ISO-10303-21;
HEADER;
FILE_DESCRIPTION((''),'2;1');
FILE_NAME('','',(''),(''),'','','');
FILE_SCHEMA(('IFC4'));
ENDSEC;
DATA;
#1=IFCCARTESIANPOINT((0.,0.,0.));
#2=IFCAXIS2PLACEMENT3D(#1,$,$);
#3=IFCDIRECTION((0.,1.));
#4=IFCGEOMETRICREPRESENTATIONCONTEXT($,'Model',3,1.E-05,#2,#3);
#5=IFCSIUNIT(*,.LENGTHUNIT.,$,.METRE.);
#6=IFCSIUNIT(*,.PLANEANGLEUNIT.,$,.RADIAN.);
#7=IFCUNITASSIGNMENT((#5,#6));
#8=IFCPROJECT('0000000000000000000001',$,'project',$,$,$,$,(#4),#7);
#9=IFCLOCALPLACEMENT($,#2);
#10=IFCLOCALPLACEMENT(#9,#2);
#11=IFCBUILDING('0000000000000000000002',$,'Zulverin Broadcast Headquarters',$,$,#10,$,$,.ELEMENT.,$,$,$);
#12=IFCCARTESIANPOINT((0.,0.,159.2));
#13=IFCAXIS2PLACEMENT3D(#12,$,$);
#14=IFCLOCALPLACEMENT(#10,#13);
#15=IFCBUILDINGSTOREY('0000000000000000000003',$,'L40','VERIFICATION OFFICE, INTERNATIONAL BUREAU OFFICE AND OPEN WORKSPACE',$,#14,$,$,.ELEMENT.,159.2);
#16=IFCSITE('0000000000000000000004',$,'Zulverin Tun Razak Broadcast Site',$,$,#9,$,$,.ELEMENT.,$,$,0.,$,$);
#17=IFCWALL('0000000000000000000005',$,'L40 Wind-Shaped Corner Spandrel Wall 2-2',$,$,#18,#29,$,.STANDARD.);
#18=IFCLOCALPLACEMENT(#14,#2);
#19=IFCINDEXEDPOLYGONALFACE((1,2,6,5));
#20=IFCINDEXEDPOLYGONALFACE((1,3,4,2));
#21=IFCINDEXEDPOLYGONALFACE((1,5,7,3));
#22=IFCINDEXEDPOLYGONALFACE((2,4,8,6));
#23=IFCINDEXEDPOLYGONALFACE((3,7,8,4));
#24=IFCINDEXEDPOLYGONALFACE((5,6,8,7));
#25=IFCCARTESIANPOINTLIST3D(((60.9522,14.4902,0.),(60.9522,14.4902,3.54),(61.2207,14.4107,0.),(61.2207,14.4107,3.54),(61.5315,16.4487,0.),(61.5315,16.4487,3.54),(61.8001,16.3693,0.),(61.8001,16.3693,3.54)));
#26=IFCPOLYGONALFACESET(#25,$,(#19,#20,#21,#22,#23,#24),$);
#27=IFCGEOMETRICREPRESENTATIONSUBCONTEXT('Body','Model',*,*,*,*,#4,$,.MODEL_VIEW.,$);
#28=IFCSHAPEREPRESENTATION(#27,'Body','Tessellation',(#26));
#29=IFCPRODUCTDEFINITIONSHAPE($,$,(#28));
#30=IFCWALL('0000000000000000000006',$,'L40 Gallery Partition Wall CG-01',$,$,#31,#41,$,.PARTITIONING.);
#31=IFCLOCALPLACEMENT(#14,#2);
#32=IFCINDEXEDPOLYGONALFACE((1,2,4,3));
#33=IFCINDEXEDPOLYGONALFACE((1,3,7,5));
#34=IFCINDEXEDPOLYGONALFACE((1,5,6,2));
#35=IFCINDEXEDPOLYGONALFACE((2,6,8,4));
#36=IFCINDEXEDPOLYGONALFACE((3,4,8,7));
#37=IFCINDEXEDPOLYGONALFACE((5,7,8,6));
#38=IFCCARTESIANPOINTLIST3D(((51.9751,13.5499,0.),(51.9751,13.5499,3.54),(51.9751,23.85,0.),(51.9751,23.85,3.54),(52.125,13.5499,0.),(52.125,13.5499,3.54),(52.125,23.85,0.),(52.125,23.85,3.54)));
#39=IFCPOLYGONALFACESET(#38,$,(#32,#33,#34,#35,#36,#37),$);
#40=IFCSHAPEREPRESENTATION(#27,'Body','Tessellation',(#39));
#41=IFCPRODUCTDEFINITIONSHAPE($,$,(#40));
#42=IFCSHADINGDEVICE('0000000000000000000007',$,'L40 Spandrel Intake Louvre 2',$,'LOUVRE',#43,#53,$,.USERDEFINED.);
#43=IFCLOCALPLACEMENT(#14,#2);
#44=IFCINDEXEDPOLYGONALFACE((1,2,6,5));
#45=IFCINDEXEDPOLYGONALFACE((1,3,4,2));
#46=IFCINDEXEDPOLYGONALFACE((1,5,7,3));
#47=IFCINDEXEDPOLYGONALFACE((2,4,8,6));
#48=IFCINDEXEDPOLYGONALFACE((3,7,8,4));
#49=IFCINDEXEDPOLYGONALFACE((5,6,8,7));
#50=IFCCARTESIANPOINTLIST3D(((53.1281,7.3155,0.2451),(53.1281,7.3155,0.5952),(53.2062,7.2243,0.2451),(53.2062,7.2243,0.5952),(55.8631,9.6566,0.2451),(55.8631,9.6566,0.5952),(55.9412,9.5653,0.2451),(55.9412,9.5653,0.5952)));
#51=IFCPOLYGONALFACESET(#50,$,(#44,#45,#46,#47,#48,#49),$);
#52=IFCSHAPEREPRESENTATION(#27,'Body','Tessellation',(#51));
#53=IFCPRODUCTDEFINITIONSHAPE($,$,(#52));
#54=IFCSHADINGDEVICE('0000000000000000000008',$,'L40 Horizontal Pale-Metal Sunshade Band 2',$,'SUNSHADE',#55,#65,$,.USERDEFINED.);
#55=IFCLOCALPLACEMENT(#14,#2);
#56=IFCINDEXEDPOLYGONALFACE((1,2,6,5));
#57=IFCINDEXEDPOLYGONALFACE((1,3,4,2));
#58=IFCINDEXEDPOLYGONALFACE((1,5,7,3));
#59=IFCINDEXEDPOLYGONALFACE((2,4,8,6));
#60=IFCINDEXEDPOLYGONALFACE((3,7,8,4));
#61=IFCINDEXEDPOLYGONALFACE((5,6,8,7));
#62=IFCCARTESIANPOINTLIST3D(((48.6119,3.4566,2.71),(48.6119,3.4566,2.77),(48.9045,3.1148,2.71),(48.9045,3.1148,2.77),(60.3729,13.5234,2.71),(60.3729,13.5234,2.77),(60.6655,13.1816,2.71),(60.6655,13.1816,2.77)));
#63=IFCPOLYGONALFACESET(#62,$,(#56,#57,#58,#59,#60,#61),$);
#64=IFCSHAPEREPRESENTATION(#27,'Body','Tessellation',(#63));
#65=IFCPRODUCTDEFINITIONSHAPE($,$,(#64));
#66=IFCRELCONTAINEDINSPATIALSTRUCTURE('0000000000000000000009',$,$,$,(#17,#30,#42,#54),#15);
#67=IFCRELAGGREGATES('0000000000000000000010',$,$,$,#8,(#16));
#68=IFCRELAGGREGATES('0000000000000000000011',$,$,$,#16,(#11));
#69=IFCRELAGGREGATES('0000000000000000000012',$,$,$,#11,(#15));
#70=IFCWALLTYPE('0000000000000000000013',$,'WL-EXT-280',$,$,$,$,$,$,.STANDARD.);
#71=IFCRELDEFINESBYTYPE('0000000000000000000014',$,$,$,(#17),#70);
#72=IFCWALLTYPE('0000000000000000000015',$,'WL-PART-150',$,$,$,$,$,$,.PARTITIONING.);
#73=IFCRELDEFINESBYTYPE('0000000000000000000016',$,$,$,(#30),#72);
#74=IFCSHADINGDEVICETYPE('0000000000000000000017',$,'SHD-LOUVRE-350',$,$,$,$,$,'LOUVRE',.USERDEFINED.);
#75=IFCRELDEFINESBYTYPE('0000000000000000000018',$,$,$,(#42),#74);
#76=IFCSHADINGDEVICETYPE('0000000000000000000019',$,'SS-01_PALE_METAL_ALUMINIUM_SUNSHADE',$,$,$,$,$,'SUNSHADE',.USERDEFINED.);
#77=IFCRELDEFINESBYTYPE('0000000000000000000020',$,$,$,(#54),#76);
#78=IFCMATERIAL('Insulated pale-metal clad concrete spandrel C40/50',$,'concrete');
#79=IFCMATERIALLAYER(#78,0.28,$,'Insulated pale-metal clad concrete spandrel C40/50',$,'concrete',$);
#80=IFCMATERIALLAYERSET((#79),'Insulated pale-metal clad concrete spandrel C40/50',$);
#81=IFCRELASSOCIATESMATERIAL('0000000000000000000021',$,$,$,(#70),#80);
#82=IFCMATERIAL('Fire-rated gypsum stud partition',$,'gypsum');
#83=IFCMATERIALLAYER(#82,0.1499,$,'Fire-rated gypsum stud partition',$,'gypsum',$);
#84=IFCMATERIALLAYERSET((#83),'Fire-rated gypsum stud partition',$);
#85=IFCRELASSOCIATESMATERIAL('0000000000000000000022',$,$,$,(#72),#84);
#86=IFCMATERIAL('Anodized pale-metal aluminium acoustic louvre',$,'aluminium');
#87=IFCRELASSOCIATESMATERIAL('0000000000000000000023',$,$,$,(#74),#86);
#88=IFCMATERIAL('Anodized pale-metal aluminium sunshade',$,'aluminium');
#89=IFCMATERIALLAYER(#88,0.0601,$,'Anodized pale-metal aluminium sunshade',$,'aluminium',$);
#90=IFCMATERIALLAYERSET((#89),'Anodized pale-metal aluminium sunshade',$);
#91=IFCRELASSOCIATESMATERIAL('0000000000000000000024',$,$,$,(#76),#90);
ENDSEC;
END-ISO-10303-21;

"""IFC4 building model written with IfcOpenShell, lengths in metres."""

from ifc_helpers import new_model, si_unit, direction, frame, frame_2d, origin, origin_2d, place, context, subcontext, project, spatial, rectangle, extrude, material, layer, layer_set, type_object, element, save


model = new_model("IFC4")

# Units and contexts
model_context = context("Model", 3, precision=1e-05, world=origin(), true_north=direction((0.0, 1.0)))
body_context = subcontext(model_context, "Body", "Model", "MODEL_VIEW")
ifc_project = project(units=[si_unit("LENGTHUNIT", "METRE"), si_unit("PLANEANGLEUNIT", "RADIAN")], contexts=[model_context])

# Site, building, storey
site_placement = place(None, origin())
site = spatial("IfcSite", under=ifc_project, at=site_placement, Name="Zulverin Tun Razak Broadcast Site", CompositionType="ELEMENT", RefElevation=0.0)
building_placement = place(site_placement, origin())
building = spatial("IfcBuilding", under=site, at=building_placement, Name="Zulverin Broadcast Headquarters", CompositionType="ELEMENT")
storey_placement = place(building_placement, frame((0.0, 0.0, 159.2)))
storey = spatial("IfcBuildingStorey", under=building, at=storey_placement, Name="L40", Description="VERIFICATION OFFICE, INTERNATIONAL BUREAU OFFICE AND OPEN WORKSPACE", CompositionType="ELEMENT", Elevation=159.2)

# Shared definitions
ifc_material_1 = material(Name="Insulated pale-metal clad concrete spandrel C40/50", Category="concrete")
ifc_layer_1 = layer(ifc_material_1, 0.28, Name="Insulated pale-metal clad concrete spandrel C40/50", Category="concrete")
ifc_layer_set_1 = layer_set([ifc_layer_1], Name="Insulated pale-metal clad concrete spandrel C40/50")
wall_type_1 = type_object("IfcWallType", Name="WL-EXT-280", PredefinedType="STANDARD", material=ifc_layer_set_1)

# Walls
wall_1_placement = place(storey_placement, frame((61.0864, 14.4504, 0.0), z_axis=(0.0, 0.0, 1.0), x_axis=(0.283661, 0.958925, 0.0)))
element("IfcWall", 1, at=wall_1_placement, inside=storey, type_object=wall_type_1, Name="L40 Wind-Shaped Corner Spandrel Wall 2-2", PredefinedType="STANDARD", context=body_context, shape_type="SweptSolid", body=[
    extrude(rectangle(XDim=2.0425, YDim=0.28, at=frame_2d((1.0212, 0.0))), origin(), (0.0, 0.0, 1.0), 3.54),
])
ifc_material_2 = material(Name="Fire-rated gypsum stud partition", Category="gypsum")
ifc_layer_2 = layer(ifc_material_2, 0.1499, Name="Fire-rated gypsum stud partition", Category="gypsum")
ifc_layer_set_2 = layer_set([ifc_layer_2], Name="Fire-rated gypsum stud partition")
wall_type_2 = type_object("IfcWallType", Name="WL-PART-150", PredefinedType="PARTITIONING", material=ifc_layer_set_2)
wall_2_placement = place(storey_placement, frame((52.05, 13.55, 0.0), z_axis=(0.0, 0.0, 1.0), x_axis=(0.0, 1.0, 0.0)))
element("IfcWall", 2, at=wall_2_placement, inside=storey, type_object=wall_type_2, Name="L40 Gallery Partition Wall CG-01", PredefinedType="PARTITIONING", context=body_context, shape_type="SweptSolid", body=[
    extrude(rectangle(XDim=10.3, YDim=0.1499, at=frame_2d((5.1499, 0.0))), origin(), (0.0, 0.0, 1.0), 3.54),
])

# Shading devices
ifc_material_3 = material(Name="Anodized pale-metal aluminium acoustic louvre", Category="aluminium")
shading_device_type_1 = type_object("IfcShadingDeviceType", Name="SHD-LOUVRE-350", ElementType="LOUVRE", PredefinedType="USERDEFINED", material=ifc_material_3)
shading_device_1_placement = place(storey_placement, frame((54.5347, 8.4404, 0.2451), z_axis=(0.0, 0.0, 1.0), x_axis=(0.759706, 0.650267, 0.0)))
element("IfcShadingDevice", 3, at=shading_device_1_placement, inside=storey, type_object=shading_device_type_1, Name="L40 Spandrel Intake Louvre 2", ObjectType="LOUVRE", PredefinedType="USERDEFINED", context=body_context, shape_type="SweptSolid", body=[
    extrude(rectangle(XDim=3.6001, YDim=0.1201, at=origin_2d()), origin(), (0.0, 0.0, 1.0), 0.3501),
])
ifc_material_4 = material(Name="Anodized pale-metal aluminium sunshade", Category="aluminium")
ifc_layer_3 = layer(ifc_material_4, 0.0601, Name="Anodized pale-metal aluminium sunshade", Category="aluminium")
ifc_layer_set_3 = layer_set([ifc_layer_3], Name="Anodized pale-metal aluminium sunshade")
shading_device_type_2 = type_object("IfcShadingDeviceType", Name="SS-01_PALE_METAL_ALUMINIUM_SUNSHADE", ElementType="SUNSHADE", PredefinedType="USERDEFINED", material=ifc_layer_set_3)
shading_device_2_placement = place(storey_placement, frame((54.6387, 8.3191, 2.71), z_axis=(0.0, 0.0, 1.0), x_axis=(0.759706, 0.650267, 0.0)))
element("IfcShadingDevice", 4, at=shading_device_2_placement, inside=storey, type_object=shading_device_type_2, Name="L40 Horizontal Pale-Metal Sunshade Band 2", ObjectType="SUNSHADE", PredefinedType="USERDEFINED", context=body_context, shape_type="SweptSolid", body=[
    extrude(rectangle(XDim=15.481, YDim=0.45, at=origin_2d()), origin(), (0.0, 0.0, 1.0), 0.0601),
])

save(model, "model.ifc")
